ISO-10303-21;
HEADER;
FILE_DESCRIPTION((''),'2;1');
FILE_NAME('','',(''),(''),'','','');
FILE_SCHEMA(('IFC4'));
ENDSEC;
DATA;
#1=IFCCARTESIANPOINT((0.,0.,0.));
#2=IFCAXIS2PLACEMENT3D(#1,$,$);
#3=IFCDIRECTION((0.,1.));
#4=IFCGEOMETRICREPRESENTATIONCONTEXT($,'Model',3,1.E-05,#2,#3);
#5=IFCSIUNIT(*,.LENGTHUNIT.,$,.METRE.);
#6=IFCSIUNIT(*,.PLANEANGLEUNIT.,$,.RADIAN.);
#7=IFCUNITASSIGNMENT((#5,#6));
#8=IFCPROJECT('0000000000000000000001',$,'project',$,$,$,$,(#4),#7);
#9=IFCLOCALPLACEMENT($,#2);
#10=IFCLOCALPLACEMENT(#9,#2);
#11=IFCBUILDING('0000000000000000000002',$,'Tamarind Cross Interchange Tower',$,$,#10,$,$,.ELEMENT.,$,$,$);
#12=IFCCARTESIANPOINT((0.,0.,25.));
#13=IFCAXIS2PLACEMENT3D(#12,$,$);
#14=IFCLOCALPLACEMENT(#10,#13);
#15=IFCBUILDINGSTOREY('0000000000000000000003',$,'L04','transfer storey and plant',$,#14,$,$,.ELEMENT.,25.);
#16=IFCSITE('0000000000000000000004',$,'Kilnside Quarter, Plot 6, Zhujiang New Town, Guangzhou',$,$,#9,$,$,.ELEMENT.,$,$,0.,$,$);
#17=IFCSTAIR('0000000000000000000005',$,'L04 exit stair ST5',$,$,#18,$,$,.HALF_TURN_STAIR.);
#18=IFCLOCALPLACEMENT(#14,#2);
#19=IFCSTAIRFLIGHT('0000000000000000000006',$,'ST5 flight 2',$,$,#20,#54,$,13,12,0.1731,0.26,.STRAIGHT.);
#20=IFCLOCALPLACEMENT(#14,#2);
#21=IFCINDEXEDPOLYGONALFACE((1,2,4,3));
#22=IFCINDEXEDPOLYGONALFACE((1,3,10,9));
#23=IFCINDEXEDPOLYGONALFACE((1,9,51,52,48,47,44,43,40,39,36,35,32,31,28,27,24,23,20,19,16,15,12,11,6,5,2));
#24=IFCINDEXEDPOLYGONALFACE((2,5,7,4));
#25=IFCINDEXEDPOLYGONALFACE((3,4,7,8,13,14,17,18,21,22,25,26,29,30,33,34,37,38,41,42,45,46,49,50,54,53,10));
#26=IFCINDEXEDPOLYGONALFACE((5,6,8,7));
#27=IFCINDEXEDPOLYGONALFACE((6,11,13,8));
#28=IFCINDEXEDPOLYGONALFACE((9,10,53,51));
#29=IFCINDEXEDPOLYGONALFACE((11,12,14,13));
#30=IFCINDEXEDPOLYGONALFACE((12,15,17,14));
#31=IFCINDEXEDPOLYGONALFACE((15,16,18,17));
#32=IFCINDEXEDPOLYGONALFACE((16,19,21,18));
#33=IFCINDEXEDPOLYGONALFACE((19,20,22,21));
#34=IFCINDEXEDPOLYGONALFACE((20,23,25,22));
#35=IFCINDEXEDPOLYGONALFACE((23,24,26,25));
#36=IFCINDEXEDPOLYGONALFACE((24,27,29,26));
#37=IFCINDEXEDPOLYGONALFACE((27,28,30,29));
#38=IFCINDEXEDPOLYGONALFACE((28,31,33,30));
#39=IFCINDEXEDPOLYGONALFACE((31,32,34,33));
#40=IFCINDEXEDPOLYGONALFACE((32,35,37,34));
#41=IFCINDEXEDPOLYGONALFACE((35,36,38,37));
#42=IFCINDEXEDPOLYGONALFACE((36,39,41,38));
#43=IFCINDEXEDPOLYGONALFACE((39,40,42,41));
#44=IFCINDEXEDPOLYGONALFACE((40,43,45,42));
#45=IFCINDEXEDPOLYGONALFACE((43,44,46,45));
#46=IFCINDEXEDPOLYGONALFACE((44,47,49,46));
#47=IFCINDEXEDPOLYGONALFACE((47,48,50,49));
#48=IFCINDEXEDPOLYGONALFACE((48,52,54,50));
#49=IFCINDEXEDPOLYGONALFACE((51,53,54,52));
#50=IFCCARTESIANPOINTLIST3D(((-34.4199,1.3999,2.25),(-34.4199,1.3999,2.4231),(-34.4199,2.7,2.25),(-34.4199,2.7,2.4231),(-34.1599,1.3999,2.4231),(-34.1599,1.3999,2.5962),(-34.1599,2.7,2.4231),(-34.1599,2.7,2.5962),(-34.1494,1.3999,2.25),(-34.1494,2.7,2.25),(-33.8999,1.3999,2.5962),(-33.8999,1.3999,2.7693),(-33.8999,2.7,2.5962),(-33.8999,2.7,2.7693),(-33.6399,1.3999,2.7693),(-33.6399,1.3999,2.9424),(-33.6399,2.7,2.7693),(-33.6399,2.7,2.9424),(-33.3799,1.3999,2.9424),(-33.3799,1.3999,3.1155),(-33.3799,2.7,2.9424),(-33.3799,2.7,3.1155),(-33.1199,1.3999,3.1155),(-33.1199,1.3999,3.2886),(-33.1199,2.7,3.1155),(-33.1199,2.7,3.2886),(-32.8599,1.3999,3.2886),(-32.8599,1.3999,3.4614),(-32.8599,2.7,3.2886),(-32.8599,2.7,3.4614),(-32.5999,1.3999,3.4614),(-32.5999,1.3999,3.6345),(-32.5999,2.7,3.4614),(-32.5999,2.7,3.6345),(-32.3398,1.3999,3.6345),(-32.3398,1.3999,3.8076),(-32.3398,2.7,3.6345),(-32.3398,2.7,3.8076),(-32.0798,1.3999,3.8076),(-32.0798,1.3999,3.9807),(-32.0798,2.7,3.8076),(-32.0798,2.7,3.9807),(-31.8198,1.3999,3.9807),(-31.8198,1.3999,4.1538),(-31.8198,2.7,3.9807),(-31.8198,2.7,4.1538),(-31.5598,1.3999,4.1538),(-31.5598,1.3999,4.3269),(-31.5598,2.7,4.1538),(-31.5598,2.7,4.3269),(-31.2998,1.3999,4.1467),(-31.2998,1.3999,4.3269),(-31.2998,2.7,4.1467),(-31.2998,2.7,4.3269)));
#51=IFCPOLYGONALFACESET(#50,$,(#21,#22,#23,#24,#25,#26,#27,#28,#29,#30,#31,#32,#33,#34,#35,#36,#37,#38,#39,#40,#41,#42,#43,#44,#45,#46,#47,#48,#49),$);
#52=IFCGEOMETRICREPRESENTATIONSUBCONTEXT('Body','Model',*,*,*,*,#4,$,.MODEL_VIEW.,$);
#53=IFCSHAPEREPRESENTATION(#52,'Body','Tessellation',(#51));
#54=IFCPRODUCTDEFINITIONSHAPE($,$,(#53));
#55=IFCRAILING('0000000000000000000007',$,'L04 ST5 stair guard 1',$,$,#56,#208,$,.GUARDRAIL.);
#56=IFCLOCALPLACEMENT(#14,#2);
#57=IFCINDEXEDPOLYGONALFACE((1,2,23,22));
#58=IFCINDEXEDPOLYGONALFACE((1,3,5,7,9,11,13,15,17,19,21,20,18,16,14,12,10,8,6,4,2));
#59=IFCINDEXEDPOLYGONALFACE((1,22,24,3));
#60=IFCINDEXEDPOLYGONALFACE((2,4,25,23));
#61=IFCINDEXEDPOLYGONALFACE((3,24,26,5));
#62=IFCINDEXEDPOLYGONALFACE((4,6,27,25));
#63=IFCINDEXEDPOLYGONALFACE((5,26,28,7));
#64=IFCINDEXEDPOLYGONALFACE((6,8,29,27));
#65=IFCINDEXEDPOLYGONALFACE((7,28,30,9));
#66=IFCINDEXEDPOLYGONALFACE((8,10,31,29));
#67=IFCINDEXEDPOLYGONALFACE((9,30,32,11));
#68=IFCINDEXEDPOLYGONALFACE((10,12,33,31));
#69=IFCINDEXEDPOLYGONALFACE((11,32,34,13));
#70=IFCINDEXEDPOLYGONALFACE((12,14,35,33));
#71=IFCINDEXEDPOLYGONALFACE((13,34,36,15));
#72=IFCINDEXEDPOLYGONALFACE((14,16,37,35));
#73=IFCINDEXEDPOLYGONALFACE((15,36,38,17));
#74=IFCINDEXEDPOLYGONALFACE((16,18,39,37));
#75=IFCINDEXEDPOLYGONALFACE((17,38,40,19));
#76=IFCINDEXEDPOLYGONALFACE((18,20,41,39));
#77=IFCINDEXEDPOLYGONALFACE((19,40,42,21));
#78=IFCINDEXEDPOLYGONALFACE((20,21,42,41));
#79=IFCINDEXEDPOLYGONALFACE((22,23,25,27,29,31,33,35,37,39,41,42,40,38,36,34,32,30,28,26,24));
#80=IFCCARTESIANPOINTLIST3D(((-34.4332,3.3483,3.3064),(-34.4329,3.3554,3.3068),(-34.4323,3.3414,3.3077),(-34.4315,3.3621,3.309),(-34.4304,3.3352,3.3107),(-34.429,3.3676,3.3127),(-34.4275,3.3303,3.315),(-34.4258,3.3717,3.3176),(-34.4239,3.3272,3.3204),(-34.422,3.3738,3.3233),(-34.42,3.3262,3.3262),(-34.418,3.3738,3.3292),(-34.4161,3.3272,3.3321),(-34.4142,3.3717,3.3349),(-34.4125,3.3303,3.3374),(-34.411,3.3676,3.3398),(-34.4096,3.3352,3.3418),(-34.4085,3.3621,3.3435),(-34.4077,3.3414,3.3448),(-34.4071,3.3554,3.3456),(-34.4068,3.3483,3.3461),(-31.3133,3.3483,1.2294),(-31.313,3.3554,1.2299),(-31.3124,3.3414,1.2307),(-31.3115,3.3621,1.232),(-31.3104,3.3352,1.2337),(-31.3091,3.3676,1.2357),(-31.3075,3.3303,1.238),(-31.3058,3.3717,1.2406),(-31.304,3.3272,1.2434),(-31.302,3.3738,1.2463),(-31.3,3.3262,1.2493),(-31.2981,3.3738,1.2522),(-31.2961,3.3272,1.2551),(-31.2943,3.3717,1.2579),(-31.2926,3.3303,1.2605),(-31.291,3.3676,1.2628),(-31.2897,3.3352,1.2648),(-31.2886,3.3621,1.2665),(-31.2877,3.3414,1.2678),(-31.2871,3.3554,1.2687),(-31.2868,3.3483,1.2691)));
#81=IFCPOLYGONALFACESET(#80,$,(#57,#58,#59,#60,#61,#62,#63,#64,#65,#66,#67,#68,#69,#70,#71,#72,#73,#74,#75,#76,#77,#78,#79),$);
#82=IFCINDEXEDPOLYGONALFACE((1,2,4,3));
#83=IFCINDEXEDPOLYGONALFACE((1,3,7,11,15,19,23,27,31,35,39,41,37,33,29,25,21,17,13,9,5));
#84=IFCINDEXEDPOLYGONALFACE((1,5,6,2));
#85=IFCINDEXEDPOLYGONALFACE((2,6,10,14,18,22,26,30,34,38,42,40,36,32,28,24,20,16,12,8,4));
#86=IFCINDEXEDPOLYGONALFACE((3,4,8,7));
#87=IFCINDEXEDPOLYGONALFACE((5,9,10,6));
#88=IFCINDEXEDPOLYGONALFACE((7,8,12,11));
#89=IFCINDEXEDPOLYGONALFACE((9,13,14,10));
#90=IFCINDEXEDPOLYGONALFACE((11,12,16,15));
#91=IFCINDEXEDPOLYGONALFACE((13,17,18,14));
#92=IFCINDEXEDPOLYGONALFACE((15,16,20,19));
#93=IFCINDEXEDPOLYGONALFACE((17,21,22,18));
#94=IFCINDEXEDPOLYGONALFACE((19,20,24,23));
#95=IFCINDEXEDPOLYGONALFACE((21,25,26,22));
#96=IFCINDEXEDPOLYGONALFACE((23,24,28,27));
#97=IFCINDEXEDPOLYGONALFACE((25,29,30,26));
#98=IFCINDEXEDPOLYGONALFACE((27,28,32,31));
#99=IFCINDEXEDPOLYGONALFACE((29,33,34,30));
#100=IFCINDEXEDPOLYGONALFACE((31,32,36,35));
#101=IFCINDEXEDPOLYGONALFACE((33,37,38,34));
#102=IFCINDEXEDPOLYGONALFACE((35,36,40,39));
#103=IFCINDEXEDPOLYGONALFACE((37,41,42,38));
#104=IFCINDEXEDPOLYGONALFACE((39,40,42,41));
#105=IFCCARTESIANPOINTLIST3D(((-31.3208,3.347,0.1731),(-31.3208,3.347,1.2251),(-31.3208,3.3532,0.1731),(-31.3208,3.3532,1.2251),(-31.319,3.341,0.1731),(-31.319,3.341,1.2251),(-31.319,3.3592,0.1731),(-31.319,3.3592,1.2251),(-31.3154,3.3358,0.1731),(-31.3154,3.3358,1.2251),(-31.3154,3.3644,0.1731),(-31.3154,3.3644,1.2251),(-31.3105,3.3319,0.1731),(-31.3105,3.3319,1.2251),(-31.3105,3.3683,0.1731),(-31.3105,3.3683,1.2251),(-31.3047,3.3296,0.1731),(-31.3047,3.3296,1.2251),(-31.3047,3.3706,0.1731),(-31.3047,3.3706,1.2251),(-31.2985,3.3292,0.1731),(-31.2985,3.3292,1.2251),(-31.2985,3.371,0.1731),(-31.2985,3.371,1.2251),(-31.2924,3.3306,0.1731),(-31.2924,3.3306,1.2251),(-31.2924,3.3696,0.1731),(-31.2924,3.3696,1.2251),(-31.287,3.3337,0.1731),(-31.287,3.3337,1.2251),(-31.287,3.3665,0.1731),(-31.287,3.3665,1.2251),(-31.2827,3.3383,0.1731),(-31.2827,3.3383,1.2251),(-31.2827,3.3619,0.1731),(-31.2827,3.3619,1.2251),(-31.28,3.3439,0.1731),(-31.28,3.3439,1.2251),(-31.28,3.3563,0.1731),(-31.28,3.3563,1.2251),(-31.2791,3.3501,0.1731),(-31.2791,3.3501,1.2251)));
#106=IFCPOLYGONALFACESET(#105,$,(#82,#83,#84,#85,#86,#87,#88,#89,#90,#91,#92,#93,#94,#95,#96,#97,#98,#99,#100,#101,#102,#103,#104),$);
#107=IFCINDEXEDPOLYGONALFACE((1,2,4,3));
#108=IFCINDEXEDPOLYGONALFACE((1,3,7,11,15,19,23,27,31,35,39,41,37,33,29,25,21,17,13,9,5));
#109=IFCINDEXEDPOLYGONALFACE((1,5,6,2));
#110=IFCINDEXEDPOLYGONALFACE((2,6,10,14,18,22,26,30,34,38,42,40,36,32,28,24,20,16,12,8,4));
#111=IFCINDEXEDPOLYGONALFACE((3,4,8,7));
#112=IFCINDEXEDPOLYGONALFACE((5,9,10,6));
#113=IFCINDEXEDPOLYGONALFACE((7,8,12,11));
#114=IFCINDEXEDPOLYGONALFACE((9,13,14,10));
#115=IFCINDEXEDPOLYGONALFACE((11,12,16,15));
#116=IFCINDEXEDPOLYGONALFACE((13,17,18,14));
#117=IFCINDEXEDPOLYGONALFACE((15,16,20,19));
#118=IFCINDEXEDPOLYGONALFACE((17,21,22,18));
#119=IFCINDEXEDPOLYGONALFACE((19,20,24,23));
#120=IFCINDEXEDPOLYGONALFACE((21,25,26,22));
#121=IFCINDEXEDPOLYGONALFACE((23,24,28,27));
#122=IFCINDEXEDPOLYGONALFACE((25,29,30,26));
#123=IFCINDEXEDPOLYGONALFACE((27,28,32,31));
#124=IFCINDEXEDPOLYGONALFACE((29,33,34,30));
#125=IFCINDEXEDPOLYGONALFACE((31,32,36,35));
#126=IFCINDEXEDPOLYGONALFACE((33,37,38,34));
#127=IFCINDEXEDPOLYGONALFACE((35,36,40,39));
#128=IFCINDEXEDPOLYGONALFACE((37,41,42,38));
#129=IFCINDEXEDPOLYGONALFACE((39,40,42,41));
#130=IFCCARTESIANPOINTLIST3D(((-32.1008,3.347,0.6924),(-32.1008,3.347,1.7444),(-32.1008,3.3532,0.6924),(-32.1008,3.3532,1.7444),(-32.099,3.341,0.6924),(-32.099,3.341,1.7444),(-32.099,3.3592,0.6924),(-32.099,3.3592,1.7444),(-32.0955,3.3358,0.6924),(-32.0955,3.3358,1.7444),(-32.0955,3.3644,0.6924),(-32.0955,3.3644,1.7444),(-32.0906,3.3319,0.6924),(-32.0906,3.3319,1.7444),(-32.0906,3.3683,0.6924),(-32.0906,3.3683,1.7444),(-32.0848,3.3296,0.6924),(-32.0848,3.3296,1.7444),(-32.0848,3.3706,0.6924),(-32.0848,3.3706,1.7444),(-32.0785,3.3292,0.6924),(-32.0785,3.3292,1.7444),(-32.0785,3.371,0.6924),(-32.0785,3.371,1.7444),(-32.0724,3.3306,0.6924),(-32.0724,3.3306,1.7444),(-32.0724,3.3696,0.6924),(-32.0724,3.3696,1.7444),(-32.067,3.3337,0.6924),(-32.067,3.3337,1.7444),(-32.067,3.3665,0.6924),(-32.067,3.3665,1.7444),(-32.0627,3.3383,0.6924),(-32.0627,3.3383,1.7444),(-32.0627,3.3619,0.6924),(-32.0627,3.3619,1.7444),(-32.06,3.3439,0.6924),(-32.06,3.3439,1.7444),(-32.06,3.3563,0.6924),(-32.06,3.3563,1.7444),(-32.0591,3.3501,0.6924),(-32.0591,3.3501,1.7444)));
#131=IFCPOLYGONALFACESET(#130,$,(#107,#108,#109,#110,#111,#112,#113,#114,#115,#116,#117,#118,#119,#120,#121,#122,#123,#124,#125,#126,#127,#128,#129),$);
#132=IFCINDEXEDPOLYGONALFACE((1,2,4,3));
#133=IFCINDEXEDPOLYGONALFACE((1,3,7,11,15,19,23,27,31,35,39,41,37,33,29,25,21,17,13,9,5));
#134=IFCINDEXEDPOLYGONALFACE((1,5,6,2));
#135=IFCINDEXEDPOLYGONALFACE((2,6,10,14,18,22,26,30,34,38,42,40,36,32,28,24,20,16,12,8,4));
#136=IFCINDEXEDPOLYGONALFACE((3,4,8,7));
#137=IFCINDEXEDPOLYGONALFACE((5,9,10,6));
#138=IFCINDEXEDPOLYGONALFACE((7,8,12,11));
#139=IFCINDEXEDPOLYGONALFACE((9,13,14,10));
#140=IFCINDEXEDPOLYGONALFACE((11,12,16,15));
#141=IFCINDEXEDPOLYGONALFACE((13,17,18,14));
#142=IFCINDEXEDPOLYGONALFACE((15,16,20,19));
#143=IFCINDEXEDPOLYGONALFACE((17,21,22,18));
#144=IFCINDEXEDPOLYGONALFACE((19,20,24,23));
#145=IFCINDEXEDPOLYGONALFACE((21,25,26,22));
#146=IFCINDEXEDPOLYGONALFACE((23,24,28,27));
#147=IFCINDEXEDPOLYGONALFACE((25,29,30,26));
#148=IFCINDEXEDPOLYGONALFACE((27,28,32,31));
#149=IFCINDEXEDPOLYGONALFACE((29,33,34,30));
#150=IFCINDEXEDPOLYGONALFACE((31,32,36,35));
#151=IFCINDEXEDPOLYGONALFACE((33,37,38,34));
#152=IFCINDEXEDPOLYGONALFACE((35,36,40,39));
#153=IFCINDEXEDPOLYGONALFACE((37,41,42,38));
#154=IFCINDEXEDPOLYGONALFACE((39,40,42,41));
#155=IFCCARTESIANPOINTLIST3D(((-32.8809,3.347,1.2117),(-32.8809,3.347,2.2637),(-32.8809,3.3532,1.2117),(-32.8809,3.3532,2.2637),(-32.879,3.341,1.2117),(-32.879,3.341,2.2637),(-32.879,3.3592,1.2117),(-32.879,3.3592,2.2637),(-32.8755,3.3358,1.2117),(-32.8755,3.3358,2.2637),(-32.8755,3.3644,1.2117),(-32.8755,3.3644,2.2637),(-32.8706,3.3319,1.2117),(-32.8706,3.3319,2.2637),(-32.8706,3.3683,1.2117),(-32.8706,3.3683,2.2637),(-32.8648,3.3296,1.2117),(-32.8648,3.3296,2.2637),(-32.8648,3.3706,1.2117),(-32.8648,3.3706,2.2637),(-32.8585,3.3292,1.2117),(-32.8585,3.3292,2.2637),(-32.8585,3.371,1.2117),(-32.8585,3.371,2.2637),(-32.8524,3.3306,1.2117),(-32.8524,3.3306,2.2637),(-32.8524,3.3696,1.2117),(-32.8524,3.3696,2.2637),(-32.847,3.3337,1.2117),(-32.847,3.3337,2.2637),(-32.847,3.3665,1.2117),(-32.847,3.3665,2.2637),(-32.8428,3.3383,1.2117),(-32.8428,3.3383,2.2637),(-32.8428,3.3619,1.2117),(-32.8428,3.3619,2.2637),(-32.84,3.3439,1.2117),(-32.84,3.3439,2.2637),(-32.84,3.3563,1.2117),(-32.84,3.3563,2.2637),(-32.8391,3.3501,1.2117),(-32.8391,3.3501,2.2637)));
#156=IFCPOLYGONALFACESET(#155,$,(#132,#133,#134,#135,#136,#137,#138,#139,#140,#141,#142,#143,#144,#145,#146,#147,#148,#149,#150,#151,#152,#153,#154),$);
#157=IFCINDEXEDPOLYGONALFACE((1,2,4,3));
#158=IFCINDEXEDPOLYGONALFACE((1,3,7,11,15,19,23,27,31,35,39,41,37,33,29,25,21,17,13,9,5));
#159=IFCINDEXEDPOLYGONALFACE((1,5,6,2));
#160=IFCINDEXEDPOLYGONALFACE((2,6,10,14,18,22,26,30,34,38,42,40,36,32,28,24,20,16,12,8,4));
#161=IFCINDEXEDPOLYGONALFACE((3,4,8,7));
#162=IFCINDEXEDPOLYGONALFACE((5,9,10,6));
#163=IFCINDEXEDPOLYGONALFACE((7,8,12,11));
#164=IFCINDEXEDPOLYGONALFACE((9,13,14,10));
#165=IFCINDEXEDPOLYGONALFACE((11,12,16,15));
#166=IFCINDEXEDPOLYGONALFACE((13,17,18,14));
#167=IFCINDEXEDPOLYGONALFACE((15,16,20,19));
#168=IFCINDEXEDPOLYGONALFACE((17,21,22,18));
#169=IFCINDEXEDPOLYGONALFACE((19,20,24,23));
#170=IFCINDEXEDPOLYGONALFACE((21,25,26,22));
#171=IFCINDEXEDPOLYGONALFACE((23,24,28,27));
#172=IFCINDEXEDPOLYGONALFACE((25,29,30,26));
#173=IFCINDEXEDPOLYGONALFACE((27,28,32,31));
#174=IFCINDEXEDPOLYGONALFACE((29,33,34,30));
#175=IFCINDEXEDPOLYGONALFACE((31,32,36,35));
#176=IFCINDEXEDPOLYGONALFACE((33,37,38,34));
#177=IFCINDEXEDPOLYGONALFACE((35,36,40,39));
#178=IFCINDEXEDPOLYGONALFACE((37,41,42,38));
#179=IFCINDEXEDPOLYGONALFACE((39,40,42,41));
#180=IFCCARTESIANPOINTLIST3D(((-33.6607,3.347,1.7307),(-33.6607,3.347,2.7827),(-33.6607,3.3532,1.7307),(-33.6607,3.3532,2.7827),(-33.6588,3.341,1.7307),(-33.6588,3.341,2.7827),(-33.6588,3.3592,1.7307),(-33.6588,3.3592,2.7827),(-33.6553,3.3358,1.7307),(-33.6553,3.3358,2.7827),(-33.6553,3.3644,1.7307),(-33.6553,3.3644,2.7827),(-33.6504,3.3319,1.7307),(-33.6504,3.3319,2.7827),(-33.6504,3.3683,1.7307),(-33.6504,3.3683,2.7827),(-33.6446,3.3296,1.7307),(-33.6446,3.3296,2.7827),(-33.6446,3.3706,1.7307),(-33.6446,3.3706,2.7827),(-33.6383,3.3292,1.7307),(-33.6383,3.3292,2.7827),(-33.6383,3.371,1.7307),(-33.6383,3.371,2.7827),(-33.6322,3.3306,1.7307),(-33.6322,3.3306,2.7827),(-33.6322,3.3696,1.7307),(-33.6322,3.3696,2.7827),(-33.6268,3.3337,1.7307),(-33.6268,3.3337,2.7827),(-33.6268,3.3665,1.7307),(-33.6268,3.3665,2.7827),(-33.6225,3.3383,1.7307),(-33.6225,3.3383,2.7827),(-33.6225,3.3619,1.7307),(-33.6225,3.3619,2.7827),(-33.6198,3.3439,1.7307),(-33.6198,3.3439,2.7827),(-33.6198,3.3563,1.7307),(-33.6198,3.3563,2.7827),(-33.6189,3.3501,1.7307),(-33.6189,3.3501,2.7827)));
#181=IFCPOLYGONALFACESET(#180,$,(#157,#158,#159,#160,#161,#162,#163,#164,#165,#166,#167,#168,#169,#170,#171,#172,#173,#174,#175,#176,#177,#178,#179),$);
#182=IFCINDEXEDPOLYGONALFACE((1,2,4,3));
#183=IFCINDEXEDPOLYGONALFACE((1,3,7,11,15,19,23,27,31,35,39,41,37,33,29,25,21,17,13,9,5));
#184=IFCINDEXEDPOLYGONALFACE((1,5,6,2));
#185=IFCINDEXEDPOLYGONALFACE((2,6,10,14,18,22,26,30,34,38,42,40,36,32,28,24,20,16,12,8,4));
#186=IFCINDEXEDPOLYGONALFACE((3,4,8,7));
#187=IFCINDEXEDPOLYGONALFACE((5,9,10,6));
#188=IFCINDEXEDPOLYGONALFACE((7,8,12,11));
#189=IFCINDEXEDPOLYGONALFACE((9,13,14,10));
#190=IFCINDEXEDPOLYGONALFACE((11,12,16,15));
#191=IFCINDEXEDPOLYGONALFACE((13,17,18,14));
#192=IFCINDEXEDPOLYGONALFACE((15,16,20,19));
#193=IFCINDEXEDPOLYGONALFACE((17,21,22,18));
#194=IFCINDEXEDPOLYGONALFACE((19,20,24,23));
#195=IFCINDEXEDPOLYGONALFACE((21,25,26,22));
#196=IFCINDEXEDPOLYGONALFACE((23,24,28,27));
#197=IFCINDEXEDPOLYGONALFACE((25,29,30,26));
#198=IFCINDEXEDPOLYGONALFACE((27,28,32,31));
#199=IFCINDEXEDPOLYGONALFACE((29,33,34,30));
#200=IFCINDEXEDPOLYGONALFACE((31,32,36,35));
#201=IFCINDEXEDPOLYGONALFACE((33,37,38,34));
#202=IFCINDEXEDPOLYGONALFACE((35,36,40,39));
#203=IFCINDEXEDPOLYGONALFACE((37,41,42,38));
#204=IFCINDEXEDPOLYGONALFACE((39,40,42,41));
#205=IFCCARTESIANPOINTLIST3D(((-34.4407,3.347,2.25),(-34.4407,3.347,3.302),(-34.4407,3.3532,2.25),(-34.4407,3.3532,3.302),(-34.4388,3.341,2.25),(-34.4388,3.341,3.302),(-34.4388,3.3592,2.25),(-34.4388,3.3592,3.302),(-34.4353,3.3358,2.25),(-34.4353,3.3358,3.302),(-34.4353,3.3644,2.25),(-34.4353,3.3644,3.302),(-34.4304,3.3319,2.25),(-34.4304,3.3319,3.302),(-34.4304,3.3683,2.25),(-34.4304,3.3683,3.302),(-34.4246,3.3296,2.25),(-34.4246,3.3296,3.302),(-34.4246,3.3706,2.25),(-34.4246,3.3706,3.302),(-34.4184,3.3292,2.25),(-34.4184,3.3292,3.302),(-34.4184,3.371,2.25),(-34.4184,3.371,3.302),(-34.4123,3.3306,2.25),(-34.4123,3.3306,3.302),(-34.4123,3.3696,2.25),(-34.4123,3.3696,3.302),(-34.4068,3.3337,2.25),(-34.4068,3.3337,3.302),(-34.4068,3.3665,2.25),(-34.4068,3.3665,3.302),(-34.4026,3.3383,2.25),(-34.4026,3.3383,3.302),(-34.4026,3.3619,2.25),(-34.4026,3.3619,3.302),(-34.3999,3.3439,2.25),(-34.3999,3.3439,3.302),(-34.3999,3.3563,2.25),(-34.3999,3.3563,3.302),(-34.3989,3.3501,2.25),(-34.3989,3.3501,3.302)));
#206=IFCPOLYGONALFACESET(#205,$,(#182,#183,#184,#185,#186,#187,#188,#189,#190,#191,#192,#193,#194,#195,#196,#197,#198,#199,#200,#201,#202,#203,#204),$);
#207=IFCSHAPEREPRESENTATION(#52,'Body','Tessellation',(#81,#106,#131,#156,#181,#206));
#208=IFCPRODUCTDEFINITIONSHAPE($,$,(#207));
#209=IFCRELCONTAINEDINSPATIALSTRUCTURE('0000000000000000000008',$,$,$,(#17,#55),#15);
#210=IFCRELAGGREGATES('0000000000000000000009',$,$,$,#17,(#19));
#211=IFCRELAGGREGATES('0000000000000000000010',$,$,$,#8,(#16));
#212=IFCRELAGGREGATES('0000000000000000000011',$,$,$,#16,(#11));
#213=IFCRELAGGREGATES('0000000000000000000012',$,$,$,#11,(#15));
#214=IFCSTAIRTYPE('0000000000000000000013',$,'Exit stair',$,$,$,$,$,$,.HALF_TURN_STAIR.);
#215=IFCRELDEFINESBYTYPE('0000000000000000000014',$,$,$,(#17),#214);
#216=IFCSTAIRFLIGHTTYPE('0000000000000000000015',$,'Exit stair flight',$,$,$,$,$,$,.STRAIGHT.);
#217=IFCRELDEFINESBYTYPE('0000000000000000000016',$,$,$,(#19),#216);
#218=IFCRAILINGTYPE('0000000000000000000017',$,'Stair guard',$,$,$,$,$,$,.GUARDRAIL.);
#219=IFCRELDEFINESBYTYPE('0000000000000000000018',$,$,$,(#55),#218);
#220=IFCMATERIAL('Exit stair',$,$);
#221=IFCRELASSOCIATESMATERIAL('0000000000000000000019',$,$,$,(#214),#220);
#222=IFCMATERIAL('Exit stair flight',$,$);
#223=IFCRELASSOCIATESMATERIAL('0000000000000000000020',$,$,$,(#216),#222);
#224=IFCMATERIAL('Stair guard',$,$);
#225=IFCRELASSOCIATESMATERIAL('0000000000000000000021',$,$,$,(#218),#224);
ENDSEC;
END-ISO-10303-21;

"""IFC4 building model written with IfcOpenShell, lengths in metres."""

from ifc_helpers import new_model, si_unit, direction, frame, origin, origin_2d, place, context, subcontext, project, spatial, polyline, circle, outline, extrude, material, type_object, element, aggregate, save


model = new_model("IFC4")

# Units and contexts
model_context = context("Model", 3, precision=1e-05, world=origin(), true_north=direction((0.0, 1.0)))
body_context = subcontext(model_context, "Body", "Model", "MODEL_VIEW")
ifc_project = project(units=[si_unit("LENGTHUNIT", "METRE"), si_unit("PLANEANGLEUNIT", "RADIAN")], contexts=[model_context])

# Site, building, storey
site_placement = place(None, origin())
site = spatial("IfcSite", under=ifc_project, at=site_placement, Name="Kilnside Quarter, Plot 6, Zhujiang New Town, Guangzhou", CompositionType="ELEMENT", RefElevation=0.0)
building_placement = place(site_placement, origin())
building = spatial("IfcBuilding", under=site, at=building_placement, Name="Tamarind Cross Interchange Tower", CompositionType="ELEMENT")
storey_placement = place(building_placement, frame((0.0, 0.0, 25.0)))
storey = spatial("IfcBuildingStorey", under=building, at=storey_placement, Name="L04", Description="transfer storey and plant", CompositionType="ELEMENT", Elevation=25.0)

# Stair, stair flight
ifc_material_1 = material(Name="Exit stair")
stair_type = type_object("IfcStairType", Name="Exit stair", PredefinedType="HALF_TURN_STAIR", material=ifc_material_1)
stair_placement = place(storey_placement, origin())
stair = element("IfcStair", 1, at=stair_placement, inside=storey, type_object=stair_type, Name="L04 exit stair ST5", PredefinedType="HALF_TURN_STAIR")
ifc_material_2 = material(Name="Exit stair flight")
stair_flight_type = type_object("IfcStairFlightType", Name="Exit stair flight", PredefinedType="STRAIGHT", material=ifc_material_2)
stair_flight_1_placement = place(storey_placement, frame((-34.4199, 2.05, 2.25), z_axis=(0.0, 0.0, 1.0), x_axis=(1.0, 0.0, 0.0)))
stair_flight_1 = element("IfcStairFlight", 2, at=stair_flight_1_placement, type_object=stair_flight_type, Name="ST5 flight 2", NumberOfRisers=13, NumberOfTreads=12, PredefinedType="STRAIGHT", RiserHeight=0.1731, TreadLength=0.26, context=body_context, shape_type="SweptSolid", body=[
    extrude(outline(polyline([(0.0, 0.0), (0.0, 0.1731), (0.26, 0.1731), (0.26, 0.3462), (0.52, 0.3462), (0.52, 0.5193), (0.78, 0.5193), (0.78, 0.6924), (1.04, 0.6924), (1.04, 0.8655), (1.3, 0.8655), (1.3, 1.0386), (1.5601, 1.0386), (1.5601, 1.2114), (1.8201, 1.2114), (1.8201, 1.3845), (2.0801, 1.3845), (2.0801, 1.5576), (2.3401, 1.5576), (2.3401, 1.7307), (2.6001, 1.7307), (2.6001, 1.9038), (2.8601, 1.9038), (2.8601, 2.0769), (3.1201, 2.0769), (3.1201, 2.25), (3.1201, 1.8967), (0.2705, 0.0), (0.0, 0.0)])), frame((0.0, 0.6499, 0.0), z_axis=(0.0, -1.0, 0.0), x_axis=(1.0, 0.0, 0.0)), (0.0, 0.0, 1.0), 1.3),
])
aggregate(stair, [stair_flight_1])

# Railing
ifc_material_3 = material(Name="Stair guard")
railing_type_1 = type_object("IfcRailingType", Name="Stair guard", PredefinedType="GUARDRAIL", material=ifc_material_3)
railing_1_placement = place(storey_placement, frame((-31.3, 3.3501, 0.1731)))
element("IfcRailing", 3, at=railing_1_placement, inside=storey, type_object=railing_type_1, Name="L04 ST5 stair guard 1", PredefinedType="GUARDRAIL", context=body_context, shape_type="SweptSolid", body=[
    extrude(circle(Radius=0.0239, at=origin_2d()), frame((0.0, 0.0, 1.0762), z_axis=(-0.832421, 0.0, 0.554144), x_axis=(0.0, -1.0, 0.0)), (0.0, 0.0, 1.0), 3.748),
    extrude(circle(Radius=0.021, at=origin_2d()), origin(), (0.0, 0.0, 1.0), 1.052),
    extrude(circle(Radius=0.021, at=origin_2d()), frame((-0.78, 0.0, 0.5193)), (0.0, 0.0, 1.0), 1.052),
    extrude(circle(Radius=0.021, at=origin_2d()), frame((-1.5601, 0.0, 1.0386)), (0.0, 0.0, 1.0), 1.052),
    extrude(circle(Radius=0.021, at=origin_2d()), frame((-2.3398, 0.0, 1.5576)), (0.0, 0.0, 1.0), 1.052),
    extrude(circle(Radius=0.021, at=origin_2d()), frame((-3.1199, 0.0, 2.0769)), (0.0, 0.0, 1.0), 1.052),
])

save(model, "model.ifc")
